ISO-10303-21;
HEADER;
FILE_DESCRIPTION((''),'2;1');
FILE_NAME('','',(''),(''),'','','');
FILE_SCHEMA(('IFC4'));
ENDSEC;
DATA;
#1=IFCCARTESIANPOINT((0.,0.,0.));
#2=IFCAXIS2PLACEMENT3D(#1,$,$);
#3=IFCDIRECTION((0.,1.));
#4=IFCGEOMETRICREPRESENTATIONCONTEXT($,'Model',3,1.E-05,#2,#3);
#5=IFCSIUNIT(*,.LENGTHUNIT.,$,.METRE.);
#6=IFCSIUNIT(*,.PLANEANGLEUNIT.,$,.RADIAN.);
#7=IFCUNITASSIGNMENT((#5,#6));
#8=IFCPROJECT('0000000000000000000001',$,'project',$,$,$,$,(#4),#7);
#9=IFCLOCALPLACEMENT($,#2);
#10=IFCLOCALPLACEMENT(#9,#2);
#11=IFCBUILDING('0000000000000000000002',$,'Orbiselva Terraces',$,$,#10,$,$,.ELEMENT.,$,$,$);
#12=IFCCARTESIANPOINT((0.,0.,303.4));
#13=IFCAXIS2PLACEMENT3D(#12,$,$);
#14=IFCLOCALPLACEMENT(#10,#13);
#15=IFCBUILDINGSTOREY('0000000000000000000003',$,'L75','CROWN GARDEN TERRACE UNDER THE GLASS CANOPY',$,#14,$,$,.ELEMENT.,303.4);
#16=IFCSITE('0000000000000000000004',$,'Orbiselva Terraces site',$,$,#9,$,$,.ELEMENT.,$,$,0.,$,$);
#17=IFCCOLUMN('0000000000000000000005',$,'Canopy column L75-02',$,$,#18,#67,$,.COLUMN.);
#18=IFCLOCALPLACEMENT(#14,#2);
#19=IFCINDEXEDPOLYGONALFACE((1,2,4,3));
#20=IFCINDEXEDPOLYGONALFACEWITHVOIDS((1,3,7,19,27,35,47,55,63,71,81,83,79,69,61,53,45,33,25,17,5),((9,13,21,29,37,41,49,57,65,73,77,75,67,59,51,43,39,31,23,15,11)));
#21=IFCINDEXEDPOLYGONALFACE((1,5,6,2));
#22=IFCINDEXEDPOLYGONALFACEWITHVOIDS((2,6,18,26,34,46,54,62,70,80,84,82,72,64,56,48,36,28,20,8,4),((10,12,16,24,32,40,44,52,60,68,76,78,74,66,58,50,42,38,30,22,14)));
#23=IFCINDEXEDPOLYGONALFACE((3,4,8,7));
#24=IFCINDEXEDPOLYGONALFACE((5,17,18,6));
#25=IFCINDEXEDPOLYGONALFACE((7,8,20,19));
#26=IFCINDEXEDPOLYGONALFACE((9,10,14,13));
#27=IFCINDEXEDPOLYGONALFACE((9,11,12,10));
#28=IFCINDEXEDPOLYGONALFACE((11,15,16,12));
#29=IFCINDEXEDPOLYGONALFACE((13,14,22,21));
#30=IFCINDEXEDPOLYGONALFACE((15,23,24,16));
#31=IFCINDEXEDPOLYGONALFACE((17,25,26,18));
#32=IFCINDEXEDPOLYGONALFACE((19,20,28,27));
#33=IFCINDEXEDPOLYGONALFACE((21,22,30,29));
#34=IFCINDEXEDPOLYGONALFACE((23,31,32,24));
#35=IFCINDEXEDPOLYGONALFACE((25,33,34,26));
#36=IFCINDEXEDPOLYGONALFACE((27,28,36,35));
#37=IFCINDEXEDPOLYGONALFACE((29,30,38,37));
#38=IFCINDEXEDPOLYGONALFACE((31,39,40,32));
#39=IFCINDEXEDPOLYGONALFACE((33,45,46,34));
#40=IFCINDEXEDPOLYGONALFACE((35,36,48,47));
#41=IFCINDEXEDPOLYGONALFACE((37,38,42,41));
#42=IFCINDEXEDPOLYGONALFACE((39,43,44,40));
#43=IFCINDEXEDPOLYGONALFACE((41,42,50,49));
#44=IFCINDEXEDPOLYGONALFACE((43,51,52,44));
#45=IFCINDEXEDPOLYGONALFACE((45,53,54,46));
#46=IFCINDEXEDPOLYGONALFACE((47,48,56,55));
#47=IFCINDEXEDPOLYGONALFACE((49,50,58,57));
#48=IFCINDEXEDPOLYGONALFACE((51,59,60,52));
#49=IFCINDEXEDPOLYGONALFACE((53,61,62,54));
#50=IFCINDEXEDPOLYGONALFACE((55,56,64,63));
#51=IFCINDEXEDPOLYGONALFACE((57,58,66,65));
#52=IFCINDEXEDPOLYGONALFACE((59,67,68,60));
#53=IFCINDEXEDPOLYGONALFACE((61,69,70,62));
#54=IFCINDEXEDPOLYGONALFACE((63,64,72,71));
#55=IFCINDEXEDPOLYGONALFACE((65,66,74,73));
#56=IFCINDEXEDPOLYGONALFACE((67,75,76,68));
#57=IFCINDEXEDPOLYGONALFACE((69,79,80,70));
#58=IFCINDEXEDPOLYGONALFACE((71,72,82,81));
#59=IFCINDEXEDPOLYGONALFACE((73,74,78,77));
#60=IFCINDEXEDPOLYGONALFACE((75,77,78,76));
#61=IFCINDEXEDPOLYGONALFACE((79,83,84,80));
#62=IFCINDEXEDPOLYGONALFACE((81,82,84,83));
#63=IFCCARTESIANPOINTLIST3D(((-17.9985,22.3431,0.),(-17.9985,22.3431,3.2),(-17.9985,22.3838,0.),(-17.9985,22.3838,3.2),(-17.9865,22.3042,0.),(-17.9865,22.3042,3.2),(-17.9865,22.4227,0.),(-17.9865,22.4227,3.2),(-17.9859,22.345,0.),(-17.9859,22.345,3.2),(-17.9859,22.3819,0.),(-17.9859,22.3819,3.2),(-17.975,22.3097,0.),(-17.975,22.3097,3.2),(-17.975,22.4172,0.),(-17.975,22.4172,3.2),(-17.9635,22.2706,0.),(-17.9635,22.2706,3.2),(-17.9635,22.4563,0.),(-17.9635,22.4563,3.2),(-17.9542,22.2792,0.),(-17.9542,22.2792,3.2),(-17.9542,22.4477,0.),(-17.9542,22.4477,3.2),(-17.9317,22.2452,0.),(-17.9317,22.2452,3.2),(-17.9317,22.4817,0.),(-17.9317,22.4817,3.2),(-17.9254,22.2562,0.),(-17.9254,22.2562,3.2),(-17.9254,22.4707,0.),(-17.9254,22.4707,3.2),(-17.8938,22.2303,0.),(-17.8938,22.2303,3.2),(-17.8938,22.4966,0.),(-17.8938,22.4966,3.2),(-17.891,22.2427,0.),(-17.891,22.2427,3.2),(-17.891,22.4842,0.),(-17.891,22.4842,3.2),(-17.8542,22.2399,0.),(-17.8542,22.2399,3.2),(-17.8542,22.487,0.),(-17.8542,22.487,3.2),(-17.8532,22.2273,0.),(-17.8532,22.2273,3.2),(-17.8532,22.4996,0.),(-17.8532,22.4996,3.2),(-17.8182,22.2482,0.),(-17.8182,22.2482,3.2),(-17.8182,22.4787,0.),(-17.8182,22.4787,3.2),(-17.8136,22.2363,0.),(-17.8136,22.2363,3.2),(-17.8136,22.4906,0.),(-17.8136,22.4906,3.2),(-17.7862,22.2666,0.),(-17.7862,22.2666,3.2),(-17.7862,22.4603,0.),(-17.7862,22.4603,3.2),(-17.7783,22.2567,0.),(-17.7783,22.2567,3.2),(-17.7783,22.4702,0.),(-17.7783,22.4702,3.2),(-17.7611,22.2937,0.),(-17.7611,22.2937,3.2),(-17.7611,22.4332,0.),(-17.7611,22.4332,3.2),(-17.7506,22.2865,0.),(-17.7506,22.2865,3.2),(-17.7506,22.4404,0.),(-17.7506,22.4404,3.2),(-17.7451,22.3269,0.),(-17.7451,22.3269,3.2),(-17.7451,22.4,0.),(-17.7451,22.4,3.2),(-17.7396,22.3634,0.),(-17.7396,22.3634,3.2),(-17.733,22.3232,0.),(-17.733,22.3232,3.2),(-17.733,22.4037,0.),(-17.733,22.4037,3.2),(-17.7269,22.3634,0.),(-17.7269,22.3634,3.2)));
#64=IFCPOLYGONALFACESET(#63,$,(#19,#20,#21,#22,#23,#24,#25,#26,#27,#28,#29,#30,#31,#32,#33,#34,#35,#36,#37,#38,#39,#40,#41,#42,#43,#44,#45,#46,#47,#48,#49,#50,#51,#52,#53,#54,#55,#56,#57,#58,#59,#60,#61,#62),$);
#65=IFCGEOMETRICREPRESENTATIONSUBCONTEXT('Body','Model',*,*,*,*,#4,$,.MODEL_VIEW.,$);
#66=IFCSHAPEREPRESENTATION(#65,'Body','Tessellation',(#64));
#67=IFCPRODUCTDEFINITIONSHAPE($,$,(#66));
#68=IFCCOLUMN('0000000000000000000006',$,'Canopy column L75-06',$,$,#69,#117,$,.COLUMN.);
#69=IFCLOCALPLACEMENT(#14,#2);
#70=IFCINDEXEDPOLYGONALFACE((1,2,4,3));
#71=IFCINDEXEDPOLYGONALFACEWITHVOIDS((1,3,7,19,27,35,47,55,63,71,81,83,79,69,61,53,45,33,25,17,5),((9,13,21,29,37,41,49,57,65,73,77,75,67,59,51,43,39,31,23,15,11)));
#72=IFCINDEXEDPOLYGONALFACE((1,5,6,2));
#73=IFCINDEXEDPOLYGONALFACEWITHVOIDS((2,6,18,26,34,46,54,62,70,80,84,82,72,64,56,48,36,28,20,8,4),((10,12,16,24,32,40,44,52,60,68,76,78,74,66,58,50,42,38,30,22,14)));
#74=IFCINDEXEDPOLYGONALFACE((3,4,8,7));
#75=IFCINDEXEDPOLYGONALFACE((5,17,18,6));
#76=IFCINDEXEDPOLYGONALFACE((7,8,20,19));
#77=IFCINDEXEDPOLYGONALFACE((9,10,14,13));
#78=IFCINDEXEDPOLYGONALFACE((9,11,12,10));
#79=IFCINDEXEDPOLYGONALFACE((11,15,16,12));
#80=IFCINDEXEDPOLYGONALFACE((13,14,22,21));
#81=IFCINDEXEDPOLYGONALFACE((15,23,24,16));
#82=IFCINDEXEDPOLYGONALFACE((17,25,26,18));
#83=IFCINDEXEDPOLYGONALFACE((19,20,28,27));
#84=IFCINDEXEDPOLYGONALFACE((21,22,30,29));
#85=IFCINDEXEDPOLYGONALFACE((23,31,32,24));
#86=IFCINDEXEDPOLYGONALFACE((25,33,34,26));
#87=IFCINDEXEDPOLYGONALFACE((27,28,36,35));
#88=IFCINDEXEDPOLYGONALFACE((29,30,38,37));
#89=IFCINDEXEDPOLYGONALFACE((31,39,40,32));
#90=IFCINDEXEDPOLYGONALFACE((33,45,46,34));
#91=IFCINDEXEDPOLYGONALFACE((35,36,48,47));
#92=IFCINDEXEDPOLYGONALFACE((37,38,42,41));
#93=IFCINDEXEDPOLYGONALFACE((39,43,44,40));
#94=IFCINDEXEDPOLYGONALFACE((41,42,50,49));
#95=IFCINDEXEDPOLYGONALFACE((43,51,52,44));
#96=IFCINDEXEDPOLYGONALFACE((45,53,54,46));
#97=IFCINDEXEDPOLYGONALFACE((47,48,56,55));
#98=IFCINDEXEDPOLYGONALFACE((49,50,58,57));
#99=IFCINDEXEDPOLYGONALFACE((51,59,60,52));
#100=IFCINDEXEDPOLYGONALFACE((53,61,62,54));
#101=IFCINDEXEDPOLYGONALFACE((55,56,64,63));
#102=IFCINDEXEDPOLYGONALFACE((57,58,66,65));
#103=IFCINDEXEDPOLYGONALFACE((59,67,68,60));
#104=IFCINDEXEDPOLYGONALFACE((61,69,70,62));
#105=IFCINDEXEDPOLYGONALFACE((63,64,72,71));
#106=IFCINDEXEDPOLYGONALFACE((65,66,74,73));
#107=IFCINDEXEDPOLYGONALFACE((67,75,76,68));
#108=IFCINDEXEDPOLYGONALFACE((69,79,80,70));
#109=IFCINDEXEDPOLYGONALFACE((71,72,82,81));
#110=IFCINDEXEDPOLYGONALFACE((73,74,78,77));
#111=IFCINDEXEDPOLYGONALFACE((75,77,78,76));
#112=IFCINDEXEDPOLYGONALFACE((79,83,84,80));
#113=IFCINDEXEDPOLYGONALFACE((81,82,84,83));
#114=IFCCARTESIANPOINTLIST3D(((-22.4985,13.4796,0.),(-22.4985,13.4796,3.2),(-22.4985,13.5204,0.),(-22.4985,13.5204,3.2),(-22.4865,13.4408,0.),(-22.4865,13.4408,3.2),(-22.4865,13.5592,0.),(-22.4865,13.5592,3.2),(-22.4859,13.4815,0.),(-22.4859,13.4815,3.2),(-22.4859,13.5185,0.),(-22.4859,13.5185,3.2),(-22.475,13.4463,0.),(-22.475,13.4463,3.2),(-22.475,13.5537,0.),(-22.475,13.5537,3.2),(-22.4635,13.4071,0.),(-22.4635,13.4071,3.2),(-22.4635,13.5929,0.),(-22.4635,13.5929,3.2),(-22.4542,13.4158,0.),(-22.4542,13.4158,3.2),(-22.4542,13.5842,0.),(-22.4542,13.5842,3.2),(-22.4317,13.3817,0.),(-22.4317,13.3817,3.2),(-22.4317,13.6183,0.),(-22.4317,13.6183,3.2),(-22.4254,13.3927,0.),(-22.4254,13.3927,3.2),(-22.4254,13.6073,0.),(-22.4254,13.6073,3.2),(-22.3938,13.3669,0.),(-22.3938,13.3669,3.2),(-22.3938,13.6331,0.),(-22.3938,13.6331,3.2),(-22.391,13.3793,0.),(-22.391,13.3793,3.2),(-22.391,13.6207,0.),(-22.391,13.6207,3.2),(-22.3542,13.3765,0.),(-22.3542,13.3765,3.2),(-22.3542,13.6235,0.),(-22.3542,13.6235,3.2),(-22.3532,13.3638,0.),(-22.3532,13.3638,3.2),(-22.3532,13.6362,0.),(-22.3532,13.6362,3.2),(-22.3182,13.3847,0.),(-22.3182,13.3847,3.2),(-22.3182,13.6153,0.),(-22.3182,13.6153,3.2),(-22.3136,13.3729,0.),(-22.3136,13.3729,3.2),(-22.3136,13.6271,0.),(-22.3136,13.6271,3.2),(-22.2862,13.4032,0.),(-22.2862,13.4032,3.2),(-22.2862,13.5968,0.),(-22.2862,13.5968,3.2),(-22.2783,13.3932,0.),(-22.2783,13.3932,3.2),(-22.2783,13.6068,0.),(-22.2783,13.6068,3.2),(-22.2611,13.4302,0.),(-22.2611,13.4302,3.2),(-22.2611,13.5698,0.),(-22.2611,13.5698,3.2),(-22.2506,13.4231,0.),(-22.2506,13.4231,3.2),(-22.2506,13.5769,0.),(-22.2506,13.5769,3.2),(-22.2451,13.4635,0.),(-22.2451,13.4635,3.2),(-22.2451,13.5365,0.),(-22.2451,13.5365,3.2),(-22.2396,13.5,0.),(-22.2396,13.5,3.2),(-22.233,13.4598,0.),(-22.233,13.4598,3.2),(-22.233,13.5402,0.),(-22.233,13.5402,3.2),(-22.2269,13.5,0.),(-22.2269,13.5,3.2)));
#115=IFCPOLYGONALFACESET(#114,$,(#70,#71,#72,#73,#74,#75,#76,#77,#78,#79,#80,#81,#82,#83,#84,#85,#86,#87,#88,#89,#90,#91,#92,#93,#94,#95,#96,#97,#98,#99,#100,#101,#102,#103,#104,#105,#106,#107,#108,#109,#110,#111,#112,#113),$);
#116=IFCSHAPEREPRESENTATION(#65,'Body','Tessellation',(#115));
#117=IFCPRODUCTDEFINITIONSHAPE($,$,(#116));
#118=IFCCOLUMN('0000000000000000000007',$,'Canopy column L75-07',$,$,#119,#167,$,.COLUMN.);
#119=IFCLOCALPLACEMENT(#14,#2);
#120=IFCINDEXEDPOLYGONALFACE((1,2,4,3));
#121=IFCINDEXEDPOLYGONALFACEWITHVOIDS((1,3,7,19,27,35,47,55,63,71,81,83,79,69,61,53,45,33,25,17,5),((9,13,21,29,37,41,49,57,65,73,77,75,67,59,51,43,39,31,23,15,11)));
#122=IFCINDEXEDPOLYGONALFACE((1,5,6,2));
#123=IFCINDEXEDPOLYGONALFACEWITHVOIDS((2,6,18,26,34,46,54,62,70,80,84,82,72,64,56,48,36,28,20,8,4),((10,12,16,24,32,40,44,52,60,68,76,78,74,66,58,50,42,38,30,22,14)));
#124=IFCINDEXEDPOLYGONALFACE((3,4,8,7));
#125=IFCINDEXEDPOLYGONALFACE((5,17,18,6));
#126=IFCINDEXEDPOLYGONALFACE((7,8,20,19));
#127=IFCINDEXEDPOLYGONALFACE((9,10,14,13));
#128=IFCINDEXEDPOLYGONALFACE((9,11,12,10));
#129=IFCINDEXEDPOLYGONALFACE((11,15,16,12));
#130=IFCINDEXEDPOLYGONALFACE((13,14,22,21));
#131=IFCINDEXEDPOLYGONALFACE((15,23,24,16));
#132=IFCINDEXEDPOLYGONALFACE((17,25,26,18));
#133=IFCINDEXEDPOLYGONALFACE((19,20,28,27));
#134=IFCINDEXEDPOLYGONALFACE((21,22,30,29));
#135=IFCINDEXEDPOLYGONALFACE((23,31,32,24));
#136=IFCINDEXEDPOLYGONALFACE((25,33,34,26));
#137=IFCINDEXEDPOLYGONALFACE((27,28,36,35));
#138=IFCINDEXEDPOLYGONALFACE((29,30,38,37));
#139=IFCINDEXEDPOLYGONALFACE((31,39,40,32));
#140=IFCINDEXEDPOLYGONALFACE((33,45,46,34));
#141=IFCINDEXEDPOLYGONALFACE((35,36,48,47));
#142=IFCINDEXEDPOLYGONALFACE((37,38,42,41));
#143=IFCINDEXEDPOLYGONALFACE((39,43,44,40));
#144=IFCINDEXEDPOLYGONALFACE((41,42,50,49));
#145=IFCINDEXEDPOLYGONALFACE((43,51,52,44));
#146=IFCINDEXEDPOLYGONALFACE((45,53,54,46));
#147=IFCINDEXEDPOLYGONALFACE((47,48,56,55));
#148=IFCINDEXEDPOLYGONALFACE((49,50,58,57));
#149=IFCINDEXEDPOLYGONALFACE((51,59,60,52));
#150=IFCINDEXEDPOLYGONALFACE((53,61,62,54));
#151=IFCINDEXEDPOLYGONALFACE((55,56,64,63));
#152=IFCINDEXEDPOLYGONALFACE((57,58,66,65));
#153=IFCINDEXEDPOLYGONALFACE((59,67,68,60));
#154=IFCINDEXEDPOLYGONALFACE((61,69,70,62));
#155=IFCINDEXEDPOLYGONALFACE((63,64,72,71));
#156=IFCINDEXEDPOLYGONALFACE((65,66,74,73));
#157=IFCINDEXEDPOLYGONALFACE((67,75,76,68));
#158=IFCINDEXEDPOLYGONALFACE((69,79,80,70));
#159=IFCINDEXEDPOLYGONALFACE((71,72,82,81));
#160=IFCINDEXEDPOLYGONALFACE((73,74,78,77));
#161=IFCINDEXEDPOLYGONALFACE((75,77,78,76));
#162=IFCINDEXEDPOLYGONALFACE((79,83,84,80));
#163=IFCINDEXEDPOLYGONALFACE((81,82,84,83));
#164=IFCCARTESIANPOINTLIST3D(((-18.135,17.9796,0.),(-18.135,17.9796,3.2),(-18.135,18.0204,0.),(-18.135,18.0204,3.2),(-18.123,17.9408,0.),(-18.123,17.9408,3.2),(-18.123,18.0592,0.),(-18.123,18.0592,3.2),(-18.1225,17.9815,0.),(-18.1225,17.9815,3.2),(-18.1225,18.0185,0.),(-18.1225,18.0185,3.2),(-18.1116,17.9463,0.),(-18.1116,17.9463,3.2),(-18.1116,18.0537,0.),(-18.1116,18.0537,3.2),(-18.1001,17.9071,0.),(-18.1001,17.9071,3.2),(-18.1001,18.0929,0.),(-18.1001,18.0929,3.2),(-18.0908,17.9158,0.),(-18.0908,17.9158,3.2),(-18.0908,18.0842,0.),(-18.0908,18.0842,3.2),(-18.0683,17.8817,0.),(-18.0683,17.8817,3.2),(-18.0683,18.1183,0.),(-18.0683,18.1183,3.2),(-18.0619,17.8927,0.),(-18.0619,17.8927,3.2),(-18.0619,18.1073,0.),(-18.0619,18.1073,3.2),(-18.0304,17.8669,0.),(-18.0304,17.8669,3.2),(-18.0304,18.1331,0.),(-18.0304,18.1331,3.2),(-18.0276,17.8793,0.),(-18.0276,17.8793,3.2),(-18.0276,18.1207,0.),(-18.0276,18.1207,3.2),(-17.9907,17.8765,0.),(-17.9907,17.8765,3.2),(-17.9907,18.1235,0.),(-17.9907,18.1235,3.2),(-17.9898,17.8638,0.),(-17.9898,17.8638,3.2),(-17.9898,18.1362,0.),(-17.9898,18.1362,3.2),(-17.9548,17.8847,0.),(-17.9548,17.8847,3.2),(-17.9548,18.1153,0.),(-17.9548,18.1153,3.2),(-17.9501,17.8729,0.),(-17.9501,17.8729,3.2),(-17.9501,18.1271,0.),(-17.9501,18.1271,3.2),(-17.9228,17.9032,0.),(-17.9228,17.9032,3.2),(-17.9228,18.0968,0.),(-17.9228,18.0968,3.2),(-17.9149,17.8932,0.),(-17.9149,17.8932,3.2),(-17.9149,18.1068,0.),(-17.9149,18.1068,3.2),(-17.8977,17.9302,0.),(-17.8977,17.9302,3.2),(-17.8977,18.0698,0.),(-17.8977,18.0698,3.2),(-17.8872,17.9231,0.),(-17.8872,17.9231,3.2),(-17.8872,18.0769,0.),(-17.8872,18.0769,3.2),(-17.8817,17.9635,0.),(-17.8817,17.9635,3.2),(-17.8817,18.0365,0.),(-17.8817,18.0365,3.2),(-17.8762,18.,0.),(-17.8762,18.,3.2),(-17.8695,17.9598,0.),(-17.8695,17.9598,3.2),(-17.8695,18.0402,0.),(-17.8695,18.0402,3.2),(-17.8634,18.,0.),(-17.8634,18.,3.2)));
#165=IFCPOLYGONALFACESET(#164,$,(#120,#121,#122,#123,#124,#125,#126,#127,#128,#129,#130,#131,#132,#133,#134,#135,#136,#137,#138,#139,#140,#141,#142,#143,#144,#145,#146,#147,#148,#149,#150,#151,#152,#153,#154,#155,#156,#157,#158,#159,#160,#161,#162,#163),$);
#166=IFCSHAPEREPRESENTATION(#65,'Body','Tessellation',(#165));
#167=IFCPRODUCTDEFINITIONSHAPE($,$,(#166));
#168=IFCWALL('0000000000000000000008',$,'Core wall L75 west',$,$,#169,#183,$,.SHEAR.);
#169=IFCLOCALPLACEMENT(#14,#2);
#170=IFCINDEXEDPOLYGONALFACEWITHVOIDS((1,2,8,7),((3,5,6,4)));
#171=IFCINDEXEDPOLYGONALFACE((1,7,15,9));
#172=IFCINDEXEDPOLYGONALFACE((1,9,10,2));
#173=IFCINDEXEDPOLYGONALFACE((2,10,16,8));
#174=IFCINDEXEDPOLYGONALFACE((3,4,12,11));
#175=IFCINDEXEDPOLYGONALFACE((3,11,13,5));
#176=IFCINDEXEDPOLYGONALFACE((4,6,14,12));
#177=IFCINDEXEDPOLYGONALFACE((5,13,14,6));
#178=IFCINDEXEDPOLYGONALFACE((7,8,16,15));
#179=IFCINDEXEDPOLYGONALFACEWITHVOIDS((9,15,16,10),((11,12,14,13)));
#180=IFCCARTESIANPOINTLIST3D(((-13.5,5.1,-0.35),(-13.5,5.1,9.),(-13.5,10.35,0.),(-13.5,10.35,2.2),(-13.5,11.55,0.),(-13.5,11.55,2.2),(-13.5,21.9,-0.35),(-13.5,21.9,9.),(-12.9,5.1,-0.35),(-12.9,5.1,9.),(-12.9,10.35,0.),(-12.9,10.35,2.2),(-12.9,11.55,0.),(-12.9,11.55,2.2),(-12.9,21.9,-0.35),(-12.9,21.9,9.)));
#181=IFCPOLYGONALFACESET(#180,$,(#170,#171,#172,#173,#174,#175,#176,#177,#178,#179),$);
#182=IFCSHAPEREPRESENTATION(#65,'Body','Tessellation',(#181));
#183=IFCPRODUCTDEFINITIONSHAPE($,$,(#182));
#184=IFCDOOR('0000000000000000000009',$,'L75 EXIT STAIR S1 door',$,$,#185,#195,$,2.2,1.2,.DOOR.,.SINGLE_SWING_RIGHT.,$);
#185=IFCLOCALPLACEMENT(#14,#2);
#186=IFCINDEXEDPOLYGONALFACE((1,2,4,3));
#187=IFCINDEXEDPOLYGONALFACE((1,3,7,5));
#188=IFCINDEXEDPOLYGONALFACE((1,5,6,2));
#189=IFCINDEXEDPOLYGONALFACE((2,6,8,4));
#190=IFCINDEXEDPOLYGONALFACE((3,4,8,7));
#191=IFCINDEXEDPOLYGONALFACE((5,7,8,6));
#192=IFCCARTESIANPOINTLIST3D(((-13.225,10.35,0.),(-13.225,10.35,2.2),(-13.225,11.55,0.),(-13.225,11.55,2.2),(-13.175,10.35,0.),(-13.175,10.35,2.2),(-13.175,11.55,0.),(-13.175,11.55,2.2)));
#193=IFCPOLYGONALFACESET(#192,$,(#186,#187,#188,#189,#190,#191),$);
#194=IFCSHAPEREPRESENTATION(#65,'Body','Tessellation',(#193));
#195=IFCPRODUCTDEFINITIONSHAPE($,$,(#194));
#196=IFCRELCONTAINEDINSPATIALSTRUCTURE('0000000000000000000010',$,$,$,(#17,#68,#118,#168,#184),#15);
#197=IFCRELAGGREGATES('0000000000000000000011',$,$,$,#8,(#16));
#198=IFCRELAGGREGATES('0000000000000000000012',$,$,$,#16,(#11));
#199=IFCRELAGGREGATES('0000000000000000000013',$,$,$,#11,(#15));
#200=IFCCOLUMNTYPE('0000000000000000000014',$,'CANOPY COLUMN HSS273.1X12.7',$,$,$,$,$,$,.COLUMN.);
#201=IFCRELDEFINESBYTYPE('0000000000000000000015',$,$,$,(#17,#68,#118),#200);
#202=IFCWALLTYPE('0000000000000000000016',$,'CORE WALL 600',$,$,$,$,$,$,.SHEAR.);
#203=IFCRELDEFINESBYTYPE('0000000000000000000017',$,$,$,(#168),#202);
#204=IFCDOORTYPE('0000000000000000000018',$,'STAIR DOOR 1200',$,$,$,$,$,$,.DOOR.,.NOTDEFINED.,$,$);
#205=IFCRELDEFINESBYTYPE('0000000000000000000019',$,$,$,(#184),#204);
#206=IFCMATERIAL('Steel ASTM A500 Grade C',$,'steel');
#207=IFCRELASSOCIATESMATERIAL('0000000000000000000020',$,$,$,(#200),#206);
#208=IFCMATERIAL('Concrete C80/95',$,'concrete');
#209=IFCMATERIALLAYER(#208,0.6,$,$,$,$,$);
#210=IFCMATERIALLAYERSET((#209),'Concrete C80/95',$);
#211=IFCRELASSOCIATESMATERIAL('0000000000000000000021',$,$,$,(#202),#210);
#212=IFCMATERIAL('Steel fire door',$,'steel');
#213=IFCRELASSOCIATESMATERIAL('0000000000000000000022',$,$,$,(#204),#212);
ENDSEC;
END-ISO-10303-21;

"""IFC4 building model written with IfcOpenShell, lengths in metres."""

from ifc_helpers import new_model, si_unit, direction, frame, frame_2d, origin, origin_2d, place, context, subcontext, project, spatial, rectangle, hollow_circle, extrude, material, layer, layer_set, material_profile, profile_set, type_object, element, fill, save


model = new_model("IFC4")

# Units and contexts
model_context = context("Model", 3, precision=1e-05, world=origin(), true_north=direction((0.0, 1.0)))
body_context = subcontext(model_context, "Body", "Model", "MODEL_VIEW")
ifc_project = project(units=[si_unit("LENGTHUNIT", "METRE"), si_unit("PLANEANGLEUNIT", "RADIAN")], contexts=[model_context])

# Site, building, storey
site_placement = place(None, origin())
site = spatial("IfcSite", under=ifc_project, at=site_placement, Name="Orbiselva Terraces site", CompositionType="ELEMENT", RefElevation=0.0)
building_placement = place(site_placement, origin())
building = spatial("IfcBuilding", under=site, at=building_placement, Name="Orbiselva Terraces", CompositionType="ELEMENT")
storey_placement = place(building_placement, frame((0.0, 0.0, 303.4)))
storey = spatial("IfcBuildingStorey", under=building, at=storey_placement, Name="L75", Description="CROWN GARDEN TERRACE UNDER THE GLASS CANOPY", CompositionType="ELEMENT", Elevation=303.4)

# Columns
ifc_material_1 = material(Name="Steel ASTM A500 Grade C", Category="steel")
ifc_material_profile = material_profile(ifc_material_1, hollow_circle(Radius=0.1366, WallThickness=0.0127, at=origin_2d()), Name="HSS273.1X12.7")
ifc_profile_set = profile_set([ifc_material_profile], Name="Steel ASTM A500 Grade C")
column_type = type_object("IfcColumnType", Name="CANOPY COLUMN HSS273.1X12.7", PredefinedType="COLUMN", material=ifc_profile_set)
for number, where, z_axis, x_axis, name in (
    (1, (-17.8635, 22.3635, 0.0), (0.0, 0.0, 1.0), (1.0, 0.0, 0.0), "Canopy column L75-02"),
    (2, (-22.3635, 13.5, 0.0), (0.0, 0.0, 1.0), (1.0, 0.0, 0.0), "Canopy column L75-06"),
    (3, (-18.0, 18.0, 0.0), (0.0, 0.0, 1.0), (1.0, 0.0, 0.0), "Canopy column L75-07"),
):
    element("IfcColumn", number, at=place(storey_placement, frame(where, z_axis=z_axis, x_axis=x_axis)), inside=storey, type_object=column_type, Name=name, PredefinedType="COLUMN", context=body_context, shape_type="SweptSolid", body=[
        extrude(hollow_circle(Radius=0.1366, WallThickness=0.0127, at=origin_2d()), origin(), (0.0, 0.0, 1.0), 3.2),
    ])

# Wall, opening, door
ifc_material_2 = material(Name="Concrete C80/95", Category="concrete")
ifc_layer_1 = layer(ifc_material_2, 0.6)
ifc_layer_set_1 = layer_set([ifc_layer_1], Name="Concrete C80/95")
wall_type_1 = type_object("IfcWallType", Name="CORE WALL 600", PredefinedType="SHEAR", material=ifc_layer_set_1)
wall_1_placement = place(storey_placement, frame((-13.2, 21.9, -0.35), z_axis=(0.0, 0.0, 1.0), x_axis=(0.0, -1.0, 0.0)))
wall_1 = element("IfcWall", 4, at=wall_1_placement, inside=storey, type_object=wall_type_1, Name="Core wall L75 west", PredefinedType="SHEAR", context=body_context, shape_type="SweptSolid", body=[
    extrude(rectangle(XDim=16.8, YDim=0.6, at=frame_2d((8.4, 0.0))), origin(), (0.0, 0.0, 1.0), 9.35),
])
opening_placement = place(wall_1_placement, frame((10.35, 0.0, 0.35)))
opening = element("IfcOpeningElement", 5, at=opening_placement, cuts=wall_1, PredefinedType="OPENING", context=body_context, shape_type="SweptSolid", body=[
    extrude(rectangle(XDim=1.2, YDim=2.2, at=frame_2d((0.6, 1.1))), frame((0.0, 0.31, 0.0), z_axis=(0.0, -1.0, 0.0), x_axis=(1.0, 0.0, 0.0)), (0.0, 0.0, 1.0), 0.62),
])
ifc_material_3 = material(Name="Steel fire door", Category="steel")
door_type = type_object("IfcDoorType", Name="STAIR DOOR 1200", OperationType="NOTDEFINED", PredefinedType="DOOR", material=ifc_material_3)
door_placement = place(opening_placement, frame((1.2, 0.0, 0.0), z_axis=(0.0, 0.0, 1.0), x_axis=(-1.0, 0.0, 0.0)))
door = element("IfcDoor", 6, at=door_placement, inside=storey, type_object=door_type, Name="L75 EXIT STAIR S1 door", OperationType="SINGLE_SWING_RIGHT", OverallHeight=2.2, OverallWidth=1.2, PredefinedType="DOOR", context=body_context, shape_type="SweptSolid", body=[
    extrude(rectangle(XDim=1.2, YDim=2.2, at=frame_2d((0.6, 1.1))), frame((0.0, 0.025, 0.0), z_axis=(0.0, -1.0, 0.0), x_axis=(1.0, 0.0, 0.0)), (0.0, 0.0, 1.0), 0.05),
])
fill(opening, door)

save(model, "model.ifc")
